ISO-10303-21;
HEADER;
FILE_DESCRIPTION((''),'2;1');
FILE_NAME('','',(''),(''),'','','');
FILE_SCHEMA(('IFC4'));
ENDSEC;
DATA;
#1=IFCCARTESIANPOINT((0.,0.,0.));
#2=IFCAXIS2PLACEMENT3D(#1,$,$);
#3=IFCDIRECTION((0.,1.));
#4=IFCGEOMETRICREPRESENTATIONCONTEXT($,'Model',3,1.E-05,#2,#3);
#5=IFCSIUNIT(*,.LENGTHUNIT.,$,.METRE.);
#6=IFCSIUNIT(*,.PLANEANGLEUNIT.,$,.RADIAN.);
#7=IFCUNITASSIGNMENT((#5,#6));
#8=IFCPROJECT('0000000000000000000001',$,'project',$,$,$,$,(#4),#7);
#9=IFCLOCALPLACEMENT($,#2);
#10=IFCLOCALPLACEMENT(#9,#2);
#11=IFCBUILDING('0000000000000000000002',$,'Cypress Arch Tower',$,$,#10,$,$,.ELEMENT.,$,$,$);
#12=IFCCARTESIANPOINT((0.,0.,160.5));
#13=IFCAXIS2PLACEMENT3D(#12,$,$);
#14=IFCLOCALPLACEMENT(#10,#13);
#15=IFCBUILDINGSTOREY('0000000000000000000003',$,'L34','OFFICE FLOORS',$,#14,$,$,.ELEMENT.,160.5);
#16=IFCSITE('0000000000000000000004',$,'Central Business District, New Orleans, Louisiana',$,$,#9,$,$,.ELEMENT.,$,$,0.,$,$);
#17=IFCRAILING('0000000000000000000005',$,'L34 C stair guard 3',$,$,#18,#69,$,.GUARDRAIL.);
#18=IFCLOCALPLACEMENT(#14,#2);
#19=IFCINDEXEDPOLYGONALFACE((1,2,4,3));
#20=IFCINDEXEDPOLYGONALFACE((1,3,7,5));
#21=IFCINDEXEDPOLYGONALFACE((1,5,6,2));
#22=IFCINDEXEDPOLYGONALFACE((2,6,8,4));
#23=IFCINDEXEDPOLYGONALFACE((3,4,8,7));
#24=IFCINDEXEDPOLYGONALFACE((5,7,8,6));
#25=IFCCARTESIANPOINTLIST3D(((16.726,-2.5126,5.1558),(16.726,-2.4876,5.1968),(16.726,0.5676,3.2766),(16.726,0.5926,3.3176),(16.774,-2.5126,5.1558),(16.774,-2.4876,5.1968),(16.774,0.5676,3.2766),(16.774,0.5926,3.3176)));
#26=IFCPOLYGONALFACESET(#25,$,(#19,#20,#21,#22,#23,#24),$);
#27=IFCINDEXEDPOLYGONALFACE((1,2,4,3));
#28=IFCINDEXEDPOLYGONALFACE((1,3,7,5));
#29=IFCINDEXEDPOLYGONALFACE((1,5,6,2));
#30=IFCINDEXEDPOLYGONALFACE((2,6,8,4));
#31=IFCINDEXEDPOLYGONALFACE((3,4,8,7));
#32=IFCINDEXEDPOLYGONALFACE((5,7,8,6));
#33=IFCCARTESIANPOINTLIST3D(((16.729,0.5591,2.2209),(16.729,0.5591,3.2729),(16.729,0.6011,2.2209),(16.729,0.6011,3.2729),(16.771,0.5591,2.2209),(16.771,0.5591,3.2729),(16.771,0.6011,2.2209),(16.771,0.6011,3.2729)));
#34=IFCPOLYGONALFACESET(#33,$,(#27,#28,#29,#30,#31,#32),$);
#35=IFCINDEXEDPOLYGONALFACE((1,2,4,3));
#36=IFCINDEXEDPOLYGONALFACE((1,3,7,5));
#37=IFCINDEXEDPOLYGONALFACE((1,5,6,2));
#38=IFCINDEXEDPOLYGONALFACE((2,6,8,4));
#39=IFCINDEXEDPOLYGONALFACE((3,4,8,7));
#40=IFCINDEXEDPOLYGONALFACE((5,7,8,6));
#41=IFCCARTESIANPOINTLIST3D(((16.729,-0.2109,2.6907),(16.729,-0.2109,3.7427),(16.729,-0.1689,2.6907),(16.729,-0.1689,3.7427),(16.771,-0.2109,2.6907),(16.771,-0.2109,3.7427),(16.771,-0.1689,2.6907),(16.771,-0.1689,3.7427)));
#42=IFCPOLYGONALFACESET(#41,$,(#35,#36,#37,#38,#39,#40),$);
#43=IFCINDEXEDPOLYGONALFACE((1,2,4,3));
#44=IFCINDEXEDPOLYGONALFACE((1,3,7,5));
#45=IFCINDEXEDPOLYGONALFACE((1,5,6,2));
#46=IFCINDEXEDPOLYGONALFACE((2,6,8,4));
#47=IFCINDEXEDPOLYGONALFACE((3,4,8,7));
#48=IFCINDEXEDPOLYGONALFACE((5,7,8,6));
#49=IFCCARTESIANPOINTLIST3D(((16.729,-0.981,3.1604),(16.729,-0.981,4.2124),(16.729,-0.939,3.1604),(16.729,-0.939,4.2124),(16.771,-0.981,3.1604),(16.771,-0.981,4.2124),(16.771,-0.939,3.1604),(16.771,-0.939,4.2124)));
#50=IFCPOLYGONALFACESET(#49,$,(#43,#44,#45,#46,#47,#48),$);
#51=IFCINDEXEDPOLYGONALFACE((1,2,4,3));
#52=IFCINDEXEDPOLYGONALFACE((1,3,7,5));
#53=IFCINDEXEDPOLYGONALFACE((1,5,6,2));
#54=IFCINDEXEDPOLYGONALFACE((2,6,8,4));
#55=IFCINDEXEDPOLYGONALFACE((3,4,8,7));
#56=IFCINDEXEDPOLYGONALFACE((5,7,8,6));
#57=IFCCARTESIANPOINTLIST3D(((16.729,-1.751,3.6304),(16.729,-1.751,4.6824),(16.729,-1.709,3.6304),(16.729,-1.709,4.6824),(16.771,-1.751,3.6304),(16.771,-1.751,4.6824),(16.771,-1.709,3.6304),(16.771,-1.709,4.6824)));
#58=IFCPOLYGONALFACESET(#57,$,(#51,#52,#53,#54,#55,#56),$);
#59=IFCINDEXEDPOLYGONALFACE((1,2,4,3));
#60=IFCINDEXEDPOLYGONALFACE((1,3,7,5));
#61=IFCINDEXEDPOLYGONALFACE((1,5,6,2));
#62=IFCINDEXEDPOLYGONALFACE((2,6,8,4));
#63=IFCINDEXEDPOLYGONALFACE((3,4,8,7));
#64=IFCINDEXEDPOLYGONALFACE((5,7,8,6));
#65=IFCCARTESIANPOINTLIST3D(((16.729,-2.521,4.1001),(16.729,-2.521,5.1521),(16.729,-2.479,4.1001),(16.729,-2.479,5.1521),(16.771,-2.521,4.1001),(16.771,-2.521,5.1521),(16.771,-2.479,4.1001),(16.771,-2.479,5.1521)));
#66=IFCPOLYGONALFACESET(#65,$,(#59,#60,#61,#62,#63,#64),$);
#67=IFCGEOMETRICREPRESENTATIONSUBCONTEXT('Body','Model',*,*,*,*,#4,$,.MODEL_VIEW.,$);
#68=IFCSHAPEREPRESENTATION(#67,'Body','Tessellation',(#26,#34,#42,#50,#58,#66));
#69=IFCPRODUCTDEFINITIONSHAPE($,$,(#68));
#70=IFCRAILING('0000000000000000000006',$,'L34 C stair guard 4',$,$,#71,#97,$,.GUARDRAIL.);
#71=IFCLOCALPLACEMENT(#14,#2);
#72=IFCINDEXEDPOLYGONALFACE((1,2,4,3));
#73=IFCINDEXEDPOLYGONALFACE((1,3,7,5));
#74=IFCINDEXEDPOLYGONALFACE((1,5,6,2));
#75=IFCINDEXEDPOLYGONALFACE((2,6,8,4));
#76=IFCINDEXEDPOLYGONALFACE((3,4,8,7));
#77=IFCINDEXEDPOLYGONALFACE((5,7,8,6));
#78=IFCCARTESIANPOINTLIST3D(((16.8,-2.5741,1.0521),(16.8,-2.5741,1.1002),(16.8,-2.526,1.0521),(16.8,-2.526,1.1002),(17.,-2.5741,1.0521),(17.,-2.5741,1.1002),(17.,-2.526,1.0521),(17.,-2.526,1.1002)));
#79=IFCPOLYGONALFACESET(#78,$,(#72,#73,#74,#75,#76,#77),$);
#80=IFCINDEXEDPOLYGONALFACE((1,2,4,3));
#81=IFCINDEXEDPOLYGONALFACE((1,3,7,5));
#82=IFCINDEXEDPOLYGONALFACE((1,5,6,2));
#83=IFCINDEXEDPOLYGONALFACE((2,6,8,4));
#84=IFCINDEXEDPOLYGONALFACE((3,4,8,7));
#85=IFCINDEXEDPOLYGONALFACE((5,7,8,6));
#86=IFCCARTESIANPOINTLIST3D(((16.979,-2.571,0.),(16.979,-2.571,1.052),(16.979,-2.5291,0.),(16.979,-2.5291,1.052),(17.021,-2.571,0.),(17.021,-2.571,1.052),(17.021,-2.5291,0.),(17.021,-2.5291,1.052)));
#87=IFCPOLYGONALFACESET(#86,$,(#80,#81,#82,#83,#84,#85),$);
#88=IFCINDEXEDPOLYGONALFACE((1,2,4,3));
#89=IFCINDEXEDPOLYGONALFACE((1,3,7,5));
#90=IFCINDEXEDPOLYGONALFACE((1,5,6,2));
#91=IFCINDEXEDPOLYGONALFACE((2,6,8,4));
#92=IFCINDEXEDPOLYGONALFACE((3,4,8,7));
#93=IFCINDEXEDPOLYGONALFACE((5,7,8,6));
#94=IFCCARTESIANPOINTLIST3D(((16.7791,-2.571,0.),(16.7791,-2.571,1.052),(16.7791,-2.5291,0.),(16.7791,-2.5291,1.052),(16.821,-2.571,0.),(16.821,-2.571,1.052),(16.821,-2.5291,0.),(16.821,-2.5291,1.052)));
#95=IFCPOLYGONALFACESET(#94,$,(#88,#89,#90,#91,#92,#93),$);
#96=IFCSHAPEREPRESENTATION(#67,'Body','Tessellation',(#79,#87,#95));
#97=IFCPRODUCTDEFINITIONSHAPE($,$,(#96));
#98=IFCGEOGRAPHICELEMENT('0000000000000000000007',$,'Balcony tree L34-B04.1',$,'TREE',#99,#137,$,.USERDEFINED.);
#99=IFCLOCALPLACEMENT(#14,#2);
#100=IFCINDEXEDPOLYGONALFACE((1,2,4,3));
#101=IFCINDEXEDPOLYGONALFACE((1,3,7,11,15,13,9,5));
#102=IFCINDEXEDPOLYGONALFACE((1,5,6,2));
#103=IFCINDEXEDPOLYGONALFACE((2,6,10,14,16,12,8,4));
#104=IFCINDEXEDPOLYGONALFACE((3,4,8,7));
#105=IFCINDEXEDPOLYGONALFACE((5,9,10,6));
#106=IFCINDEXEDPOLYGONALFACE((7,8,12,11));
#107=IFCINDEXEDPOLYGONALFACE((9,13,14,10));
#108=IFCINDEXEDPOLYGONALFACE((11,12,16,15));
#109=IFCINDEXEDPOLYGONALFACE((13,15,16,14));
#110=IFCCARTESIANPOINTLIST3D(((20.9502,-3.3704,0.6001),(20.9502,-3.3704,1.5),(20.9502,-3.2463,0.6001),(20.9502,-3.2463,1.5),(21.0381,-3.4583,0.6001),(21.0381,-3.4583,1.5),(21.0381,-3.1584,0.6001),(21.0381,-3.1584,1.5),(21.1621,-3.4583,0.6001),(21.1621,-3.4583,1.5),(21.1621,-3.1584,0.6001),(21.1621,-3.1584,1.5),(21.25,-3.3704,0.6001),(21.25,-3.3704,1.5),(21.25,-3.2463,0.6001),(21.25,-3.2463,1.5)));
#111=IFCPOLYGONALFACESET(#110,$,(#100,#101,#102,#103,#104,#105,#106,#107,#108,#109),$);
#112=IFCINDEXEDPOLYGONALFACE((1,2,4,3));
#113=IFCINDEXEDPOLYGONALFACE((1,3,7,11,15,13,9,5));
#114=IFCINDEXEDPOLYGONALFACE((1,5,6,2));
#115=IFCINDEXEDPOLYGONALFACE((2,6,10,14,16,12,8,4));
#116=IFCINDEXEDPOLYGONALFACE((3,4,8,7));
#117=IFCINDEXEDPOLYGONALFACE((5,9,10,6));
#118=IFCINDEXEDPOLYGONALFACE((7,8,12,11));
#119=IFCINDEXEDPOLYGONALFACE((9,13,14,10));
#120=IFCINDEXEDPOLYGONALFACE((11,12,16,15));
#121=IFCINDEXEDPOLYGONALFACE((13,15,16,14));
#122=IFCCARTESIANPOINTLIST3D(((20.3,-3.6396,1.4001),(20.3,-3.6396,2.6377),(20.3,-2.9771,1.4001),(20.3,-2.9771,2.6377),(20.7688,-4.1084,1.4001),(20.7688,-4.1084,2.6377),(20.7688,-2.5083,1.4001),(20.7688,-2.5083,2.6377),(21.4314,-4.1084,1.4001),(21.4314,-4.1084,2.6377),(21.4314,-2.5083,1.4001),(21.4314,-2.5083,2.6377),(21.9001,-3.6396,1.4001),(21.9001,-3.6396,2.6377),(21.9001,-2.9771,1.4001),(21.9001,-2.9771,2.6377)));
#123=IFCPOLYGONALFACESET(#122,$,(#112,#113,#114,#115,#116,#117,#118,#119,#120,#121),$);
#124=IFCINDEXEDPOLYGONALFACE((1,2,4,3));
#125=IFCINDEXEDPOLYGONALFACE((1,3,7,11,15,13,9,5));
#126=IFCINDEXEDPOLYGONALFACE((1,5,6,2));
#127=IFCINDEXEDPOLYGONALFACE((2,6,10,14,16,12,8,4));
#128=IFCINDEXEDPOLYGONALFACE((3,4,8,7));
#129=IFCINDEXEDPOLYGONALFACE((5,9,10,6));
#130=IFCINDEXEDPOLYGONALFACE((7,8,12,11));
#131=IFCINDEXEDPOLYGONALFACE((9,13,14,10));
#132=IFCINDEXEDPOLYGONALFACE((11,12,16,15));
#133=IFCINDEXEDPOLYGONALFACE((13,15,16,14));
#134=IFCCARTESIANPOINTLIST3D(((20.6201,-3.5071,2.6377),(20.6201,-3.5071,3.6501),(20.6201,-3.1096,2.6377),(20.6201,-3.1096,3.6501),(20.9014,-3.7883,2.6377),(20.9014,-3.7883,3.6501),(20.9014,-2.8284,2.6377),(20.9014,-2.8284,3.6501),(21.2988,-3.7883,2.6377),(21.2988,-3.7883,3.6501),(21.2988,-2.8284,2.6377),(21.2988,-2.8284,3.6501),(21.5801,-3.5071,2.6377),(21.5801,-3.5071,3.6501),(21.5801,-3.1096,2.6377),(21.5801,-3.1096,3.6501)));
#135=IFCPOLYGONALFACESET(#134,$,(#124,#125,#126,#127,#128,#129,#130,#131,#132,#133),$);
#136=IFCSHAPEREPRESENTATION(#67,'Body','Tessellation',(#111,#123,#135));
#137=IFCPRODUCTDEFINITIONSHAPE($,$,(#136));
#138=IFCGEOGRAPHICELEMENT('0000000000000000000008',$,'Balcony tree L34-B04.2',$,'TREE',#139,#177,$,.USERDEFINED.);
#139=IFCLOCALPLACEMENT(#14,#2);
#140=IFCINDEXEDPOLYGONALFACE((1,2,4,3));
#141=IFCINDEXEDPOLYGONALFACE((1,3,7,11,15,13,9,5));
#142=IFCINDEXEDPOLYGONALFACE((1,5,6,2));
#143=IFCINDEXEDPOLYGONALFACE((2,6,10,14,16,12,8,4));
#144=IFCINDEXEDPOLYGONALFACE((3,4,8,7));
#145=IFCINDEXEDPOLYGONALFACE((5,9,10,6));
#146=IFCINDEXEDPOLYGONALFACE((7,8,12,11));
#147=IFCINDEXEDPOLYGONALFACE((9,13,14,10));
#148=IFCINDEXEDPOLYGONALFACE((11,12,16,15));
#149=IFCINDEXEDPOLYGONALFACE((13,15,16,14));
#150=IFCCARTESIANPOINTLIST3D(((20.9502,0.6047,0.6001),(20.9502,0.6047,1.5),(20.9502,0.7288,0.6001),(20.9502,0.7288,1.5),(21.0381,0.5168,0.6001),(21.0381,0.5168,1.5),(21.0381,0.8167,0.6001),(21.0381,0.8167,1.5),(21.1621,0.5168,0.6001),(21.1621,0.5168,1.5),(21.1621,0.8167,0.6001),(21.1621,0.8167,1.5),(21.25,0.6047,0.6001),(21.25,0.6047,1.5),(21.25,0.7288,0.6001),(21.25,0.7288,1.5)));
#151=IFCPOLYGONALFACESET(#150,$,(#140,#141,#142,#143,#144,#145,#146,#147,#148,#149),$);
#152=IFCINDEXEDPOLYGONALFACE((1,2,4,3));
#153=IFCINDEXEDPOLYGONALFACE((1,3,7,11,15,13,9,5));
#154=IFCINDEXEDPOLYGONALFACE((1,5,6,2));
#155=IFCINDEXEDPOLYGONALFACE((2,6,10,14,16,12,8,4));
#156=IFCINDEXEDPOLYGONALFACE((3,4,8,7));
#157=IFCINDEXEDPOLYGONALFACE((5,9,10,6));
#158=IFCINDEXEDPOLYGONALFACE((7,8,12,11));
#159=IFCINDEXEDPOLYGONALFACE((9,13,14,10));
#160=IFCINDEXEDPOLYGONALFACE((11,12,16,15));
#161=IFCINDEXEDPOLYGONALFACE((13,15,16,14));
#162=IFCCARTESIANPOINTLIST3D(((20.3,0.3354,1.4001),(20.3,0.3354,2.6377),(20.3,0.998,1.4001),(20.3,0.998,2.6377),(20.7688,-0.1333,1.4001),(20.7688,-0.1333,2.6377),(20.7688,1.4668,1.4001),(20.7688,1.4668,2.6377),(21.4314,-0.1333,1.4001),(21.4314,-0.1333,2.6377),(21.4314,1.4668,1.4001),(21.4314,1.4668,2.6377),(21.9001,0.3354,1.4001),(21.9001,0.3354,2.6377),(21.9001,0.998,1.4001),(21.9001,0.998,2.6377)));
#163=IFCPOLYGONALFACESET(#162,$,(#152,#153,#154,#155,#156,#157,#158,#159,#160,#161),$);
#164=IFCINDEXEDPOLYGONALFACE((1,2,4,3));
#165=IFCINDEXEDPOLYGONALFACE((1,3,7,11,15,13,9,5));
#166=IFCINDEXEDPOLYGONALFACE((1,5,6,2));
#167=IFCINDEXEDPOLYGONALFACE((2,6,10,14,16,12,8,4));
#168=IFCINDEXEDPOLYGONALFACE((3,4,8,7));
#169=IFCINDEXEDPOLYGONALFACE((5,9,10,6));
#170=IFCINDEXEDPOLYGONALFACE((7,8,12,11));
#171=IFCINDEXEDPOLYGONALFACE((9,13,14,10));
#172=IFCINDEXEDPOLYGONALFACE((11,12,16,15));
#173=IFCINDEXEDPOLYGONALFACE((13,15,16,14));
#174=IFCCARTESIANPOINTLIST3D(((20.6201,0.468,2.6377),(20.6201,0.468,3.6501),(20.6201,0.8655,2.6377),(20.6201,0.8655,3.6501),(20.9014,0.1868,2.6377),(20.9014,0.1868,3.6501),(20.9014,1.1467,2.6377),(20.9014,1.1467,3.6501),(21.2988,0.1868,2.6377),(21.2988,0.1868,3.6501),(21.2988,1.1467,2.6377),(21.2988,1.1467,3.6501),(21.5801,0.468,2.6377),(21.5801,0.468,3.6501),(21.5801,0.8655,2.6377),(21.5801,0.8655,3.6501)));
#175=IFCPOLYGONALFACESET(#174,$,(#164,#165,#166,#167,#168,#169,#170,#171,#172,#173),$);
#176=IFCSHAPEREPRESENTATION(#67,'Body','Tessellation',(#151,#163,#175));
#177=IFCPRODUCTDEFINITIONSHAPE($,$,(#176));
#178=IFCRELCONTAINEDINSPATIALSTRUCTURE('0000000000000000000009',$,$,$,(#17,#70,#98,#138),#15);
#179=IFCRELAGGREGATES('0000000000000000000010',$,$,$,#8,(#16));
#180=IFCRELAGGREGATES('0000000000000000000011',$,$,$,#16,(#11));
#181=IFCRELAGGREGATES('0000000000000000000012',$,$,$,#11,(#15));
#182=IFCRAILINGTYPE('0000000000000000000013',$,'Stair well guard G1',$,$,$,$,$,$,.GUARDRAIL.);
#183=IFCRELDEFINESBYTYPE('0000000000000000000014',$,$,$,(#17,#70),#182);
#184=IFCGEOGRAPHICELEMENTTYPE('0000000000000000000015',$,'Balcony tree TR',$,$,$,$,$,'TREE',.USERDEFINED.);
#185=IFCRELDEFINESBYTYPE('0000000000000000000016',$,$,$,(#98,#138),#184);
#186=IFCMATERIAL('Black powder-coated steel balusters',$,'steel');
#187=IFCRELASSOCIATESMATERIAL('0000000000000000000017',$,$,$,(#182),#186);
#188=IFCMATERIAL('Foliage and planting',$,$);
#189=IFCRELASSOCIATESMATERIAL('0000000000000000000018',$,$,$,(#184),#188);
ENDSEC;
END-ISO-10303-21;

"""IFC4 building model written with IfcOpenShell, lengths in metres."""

from ifc_helpers import new_model, si_unit, direction, frame, origin, origin_2d, place, context, subcontext, project, spatial, polyline, rectangle, outline, extrude, material, type_object, element, save


model = new_model("IFC4")

# Units and contexts
model_context = context("Model", 3, precision=1e-05, world=origin(), true_north=direction((0.0, 1.0)))
body_context = subcontext(model_context, "Body", "Model", "MODEL_VIEW")
ifc_project = project(units=[si_unit("LENGTHUNIT", "METRE"), si_unit("PLANEANGLEUNIT", "RADIAN")], contexts=[model_context])

# Site, building, storey
site_placement = place(None, origin())
site = spatial("IfcSite", under=ifc_project, at=site_placement, Name="Central Business District, New Orleans, Louisiana", CompositionType="ELEMENT", RefElevation=0.0)
building_placement = place(site_placement, origin())
building = spatial("IfcBuilding", under=site, at=building_placement, Name="Cypress Arch Tower", CompositionType="ELEMENT")
storey_placement = place(building_placement, frame((0.0, 0.0, 160.5)))
storey = spatial("IfcBuildingStorey", under=building, at=storey_placement, Name="L34", Description="OFFICE FLOORS", CompositionType="ELEMENT", Elevation=160.5)

# Railings
ifc_material_1 = material(Name="Black powder-coated steel balusters", Category="steel")
railing_type_1 = type_object("IfcRailingType", Name="Stair well guard G1", PredefinedType="GUARDRAIL", material=ifc_material_1)
railing_1_placement = place(storey_placement, frame((16.75, 0.5801, 2.2209)))
element("IfcRailing", 1, at=railing_1_placement, inside=storey, type_object=railing_type_1, Name="L34 C stair guard 3", PredefinedType="GUARDRAIL", context=body_context, shape_type="SweptSolid", body=[
    extrude(rectangle(XDim=0.0481, YDim=0.0481, at=origin_2d()), frame((0.0, 0.0, 1.0762), z_axis=(0.0, -0.853666, 0.52082), x_axis=(1.0, 0.0, 0.0)), (0.0, 0.0, 1.0), 3.6082),
    extrude(rectangle(XDim=0.042, YDim=0.042, at=origin_2d()), origin(), (0.0, 0.0, 1.0), 1.052),
    extrude(rectangle(XDim=0.042, YDim=0.042, at=origin_2d()), frame((0.0, -0.77, 0.4697)), (0.0, 0.0, 1.0), 1.052),
    extrude(rectangle(XDim=0.042, YDim=0.042, at=origin_2d()), frame((0.0, -1.54, 0.9395)), (0.0, 0.0, 1.0), 1.052),
    extrude(rectangle(XDim=0.042, YDim=0.042, at=origin_2d()), frame((0.0, -2.3101, 1.4094)), (0.0, 0.0, 1.0), 1.052),
    extrude(rectangle(XDim=0.042, YDim=0.042, at=origin_2d()), frame((0.0, -3.0801, 1.8792)), (0.0, 0.0, 1.0), 1.052),
])
railing_2_placement = place(storey_placement, frame((17.0, -2.55, 0.0)))
element("IfcRailing", 2, at=railing_2_placement, inside=storey, type_object=railing_type_1, Name="L34 C stair guard 4", PredefinedType="GUARDRAIL", context=body_context, shape_type="SweptSolid", body=[
    extrude(rectangle(XDim=0.0481, YDim=0.0481, at=origin_2d()), frame((0.0, 0.0, 1.0762), z_axis=(-1.0, 0.0, 0.0), x_axis=(0.0, -1.0, 0.0)), (0.0, 0.0, 1.0), 0.2),
    extrude(rectangle(XDim=0.042, YDim=0.042, at=origin_2d()), origin(), (0.0, 0.0, 1.0), 1.052),
    extrude(rectangle(XDim=0.042, YDim=0.042, at=origin_2d()), frame((-0.2, 0.0, 0.0)), (0.0, 0.0, 1.0), 1.052),
])

# Geographic elements
ifc_material_2 = material(Name="Foliage and planting")
geographic_element_type = type_object("IfcGeographicElementType", Name="Balcony tree TR", ElementType="TREE", PredefinedType="USERDEFINED", material=ifc_material_2)
for number, where, z_axis, x_axis, name in (
    (3, (21.1001, -3.3083, 0.6001), (0.0, 0.0, 1.0), (1.0, 0.0, 0.0), "Balcony tree L34-B04.1"),
    (4, (21.1001, 0.6667, 0.6001), (0.0, 0.0, 1.0), (1.0, 0.0, 0.0), "Balcony tree L34-B04.2"),
):
    element("IfcGeographicElement", number, at=place(storey_placement, frame(where, z_axis=z_axis, x_axis=x_axis)), inside=storey, type_object=geographic_element_type, Name=name, ObjectType="TREE", PredefinedType="USERDEFINED", context=body_context, shape_type="SweptSolid", body=[
        extrude(outline(polyline([(0.1499, 0.062), (0.062, 0.1499), (-0.062, 0.1499), (-0.1499, 0.062), (-0.1499, -0.062), (-0.062, -0.1499), (0.062, -0.1499), (0.1499, -0.062), (0.1499, 0.062)])), origin(), (0.0, 0.0, 1.0), 0.8999),
        extrude(outline(polyline([(0.8, 0.3313), (0.3313, 0.8), (-0.3313, 0.8), (-0.8, 0.3313), (-0.8, -0.3313), (-0.3313, -0.8), (0.3313, -0.8), (0.8, -0.3313), (0.8, 0.3313)])), frame((0.0, 0.0, 0.8)), (0.0, 0.0, 1.0), 1.2375),
        extrude(outline(polyline([(0.48, 0.1987), (0.1987, 0.48), (-0.1987, 0.48), (-0.48, 0.1987), (-0.48, -0.1987), (-0.1987, -0.48), (0.1987, -0.48), (0.48, -0.1987), (0.48, 0.1987)])), frame((0.0, 0.0, 2.0376)), (0.0, 0.0, 1.0), 1.0125),
    ])

save(model, "model.ifc")
